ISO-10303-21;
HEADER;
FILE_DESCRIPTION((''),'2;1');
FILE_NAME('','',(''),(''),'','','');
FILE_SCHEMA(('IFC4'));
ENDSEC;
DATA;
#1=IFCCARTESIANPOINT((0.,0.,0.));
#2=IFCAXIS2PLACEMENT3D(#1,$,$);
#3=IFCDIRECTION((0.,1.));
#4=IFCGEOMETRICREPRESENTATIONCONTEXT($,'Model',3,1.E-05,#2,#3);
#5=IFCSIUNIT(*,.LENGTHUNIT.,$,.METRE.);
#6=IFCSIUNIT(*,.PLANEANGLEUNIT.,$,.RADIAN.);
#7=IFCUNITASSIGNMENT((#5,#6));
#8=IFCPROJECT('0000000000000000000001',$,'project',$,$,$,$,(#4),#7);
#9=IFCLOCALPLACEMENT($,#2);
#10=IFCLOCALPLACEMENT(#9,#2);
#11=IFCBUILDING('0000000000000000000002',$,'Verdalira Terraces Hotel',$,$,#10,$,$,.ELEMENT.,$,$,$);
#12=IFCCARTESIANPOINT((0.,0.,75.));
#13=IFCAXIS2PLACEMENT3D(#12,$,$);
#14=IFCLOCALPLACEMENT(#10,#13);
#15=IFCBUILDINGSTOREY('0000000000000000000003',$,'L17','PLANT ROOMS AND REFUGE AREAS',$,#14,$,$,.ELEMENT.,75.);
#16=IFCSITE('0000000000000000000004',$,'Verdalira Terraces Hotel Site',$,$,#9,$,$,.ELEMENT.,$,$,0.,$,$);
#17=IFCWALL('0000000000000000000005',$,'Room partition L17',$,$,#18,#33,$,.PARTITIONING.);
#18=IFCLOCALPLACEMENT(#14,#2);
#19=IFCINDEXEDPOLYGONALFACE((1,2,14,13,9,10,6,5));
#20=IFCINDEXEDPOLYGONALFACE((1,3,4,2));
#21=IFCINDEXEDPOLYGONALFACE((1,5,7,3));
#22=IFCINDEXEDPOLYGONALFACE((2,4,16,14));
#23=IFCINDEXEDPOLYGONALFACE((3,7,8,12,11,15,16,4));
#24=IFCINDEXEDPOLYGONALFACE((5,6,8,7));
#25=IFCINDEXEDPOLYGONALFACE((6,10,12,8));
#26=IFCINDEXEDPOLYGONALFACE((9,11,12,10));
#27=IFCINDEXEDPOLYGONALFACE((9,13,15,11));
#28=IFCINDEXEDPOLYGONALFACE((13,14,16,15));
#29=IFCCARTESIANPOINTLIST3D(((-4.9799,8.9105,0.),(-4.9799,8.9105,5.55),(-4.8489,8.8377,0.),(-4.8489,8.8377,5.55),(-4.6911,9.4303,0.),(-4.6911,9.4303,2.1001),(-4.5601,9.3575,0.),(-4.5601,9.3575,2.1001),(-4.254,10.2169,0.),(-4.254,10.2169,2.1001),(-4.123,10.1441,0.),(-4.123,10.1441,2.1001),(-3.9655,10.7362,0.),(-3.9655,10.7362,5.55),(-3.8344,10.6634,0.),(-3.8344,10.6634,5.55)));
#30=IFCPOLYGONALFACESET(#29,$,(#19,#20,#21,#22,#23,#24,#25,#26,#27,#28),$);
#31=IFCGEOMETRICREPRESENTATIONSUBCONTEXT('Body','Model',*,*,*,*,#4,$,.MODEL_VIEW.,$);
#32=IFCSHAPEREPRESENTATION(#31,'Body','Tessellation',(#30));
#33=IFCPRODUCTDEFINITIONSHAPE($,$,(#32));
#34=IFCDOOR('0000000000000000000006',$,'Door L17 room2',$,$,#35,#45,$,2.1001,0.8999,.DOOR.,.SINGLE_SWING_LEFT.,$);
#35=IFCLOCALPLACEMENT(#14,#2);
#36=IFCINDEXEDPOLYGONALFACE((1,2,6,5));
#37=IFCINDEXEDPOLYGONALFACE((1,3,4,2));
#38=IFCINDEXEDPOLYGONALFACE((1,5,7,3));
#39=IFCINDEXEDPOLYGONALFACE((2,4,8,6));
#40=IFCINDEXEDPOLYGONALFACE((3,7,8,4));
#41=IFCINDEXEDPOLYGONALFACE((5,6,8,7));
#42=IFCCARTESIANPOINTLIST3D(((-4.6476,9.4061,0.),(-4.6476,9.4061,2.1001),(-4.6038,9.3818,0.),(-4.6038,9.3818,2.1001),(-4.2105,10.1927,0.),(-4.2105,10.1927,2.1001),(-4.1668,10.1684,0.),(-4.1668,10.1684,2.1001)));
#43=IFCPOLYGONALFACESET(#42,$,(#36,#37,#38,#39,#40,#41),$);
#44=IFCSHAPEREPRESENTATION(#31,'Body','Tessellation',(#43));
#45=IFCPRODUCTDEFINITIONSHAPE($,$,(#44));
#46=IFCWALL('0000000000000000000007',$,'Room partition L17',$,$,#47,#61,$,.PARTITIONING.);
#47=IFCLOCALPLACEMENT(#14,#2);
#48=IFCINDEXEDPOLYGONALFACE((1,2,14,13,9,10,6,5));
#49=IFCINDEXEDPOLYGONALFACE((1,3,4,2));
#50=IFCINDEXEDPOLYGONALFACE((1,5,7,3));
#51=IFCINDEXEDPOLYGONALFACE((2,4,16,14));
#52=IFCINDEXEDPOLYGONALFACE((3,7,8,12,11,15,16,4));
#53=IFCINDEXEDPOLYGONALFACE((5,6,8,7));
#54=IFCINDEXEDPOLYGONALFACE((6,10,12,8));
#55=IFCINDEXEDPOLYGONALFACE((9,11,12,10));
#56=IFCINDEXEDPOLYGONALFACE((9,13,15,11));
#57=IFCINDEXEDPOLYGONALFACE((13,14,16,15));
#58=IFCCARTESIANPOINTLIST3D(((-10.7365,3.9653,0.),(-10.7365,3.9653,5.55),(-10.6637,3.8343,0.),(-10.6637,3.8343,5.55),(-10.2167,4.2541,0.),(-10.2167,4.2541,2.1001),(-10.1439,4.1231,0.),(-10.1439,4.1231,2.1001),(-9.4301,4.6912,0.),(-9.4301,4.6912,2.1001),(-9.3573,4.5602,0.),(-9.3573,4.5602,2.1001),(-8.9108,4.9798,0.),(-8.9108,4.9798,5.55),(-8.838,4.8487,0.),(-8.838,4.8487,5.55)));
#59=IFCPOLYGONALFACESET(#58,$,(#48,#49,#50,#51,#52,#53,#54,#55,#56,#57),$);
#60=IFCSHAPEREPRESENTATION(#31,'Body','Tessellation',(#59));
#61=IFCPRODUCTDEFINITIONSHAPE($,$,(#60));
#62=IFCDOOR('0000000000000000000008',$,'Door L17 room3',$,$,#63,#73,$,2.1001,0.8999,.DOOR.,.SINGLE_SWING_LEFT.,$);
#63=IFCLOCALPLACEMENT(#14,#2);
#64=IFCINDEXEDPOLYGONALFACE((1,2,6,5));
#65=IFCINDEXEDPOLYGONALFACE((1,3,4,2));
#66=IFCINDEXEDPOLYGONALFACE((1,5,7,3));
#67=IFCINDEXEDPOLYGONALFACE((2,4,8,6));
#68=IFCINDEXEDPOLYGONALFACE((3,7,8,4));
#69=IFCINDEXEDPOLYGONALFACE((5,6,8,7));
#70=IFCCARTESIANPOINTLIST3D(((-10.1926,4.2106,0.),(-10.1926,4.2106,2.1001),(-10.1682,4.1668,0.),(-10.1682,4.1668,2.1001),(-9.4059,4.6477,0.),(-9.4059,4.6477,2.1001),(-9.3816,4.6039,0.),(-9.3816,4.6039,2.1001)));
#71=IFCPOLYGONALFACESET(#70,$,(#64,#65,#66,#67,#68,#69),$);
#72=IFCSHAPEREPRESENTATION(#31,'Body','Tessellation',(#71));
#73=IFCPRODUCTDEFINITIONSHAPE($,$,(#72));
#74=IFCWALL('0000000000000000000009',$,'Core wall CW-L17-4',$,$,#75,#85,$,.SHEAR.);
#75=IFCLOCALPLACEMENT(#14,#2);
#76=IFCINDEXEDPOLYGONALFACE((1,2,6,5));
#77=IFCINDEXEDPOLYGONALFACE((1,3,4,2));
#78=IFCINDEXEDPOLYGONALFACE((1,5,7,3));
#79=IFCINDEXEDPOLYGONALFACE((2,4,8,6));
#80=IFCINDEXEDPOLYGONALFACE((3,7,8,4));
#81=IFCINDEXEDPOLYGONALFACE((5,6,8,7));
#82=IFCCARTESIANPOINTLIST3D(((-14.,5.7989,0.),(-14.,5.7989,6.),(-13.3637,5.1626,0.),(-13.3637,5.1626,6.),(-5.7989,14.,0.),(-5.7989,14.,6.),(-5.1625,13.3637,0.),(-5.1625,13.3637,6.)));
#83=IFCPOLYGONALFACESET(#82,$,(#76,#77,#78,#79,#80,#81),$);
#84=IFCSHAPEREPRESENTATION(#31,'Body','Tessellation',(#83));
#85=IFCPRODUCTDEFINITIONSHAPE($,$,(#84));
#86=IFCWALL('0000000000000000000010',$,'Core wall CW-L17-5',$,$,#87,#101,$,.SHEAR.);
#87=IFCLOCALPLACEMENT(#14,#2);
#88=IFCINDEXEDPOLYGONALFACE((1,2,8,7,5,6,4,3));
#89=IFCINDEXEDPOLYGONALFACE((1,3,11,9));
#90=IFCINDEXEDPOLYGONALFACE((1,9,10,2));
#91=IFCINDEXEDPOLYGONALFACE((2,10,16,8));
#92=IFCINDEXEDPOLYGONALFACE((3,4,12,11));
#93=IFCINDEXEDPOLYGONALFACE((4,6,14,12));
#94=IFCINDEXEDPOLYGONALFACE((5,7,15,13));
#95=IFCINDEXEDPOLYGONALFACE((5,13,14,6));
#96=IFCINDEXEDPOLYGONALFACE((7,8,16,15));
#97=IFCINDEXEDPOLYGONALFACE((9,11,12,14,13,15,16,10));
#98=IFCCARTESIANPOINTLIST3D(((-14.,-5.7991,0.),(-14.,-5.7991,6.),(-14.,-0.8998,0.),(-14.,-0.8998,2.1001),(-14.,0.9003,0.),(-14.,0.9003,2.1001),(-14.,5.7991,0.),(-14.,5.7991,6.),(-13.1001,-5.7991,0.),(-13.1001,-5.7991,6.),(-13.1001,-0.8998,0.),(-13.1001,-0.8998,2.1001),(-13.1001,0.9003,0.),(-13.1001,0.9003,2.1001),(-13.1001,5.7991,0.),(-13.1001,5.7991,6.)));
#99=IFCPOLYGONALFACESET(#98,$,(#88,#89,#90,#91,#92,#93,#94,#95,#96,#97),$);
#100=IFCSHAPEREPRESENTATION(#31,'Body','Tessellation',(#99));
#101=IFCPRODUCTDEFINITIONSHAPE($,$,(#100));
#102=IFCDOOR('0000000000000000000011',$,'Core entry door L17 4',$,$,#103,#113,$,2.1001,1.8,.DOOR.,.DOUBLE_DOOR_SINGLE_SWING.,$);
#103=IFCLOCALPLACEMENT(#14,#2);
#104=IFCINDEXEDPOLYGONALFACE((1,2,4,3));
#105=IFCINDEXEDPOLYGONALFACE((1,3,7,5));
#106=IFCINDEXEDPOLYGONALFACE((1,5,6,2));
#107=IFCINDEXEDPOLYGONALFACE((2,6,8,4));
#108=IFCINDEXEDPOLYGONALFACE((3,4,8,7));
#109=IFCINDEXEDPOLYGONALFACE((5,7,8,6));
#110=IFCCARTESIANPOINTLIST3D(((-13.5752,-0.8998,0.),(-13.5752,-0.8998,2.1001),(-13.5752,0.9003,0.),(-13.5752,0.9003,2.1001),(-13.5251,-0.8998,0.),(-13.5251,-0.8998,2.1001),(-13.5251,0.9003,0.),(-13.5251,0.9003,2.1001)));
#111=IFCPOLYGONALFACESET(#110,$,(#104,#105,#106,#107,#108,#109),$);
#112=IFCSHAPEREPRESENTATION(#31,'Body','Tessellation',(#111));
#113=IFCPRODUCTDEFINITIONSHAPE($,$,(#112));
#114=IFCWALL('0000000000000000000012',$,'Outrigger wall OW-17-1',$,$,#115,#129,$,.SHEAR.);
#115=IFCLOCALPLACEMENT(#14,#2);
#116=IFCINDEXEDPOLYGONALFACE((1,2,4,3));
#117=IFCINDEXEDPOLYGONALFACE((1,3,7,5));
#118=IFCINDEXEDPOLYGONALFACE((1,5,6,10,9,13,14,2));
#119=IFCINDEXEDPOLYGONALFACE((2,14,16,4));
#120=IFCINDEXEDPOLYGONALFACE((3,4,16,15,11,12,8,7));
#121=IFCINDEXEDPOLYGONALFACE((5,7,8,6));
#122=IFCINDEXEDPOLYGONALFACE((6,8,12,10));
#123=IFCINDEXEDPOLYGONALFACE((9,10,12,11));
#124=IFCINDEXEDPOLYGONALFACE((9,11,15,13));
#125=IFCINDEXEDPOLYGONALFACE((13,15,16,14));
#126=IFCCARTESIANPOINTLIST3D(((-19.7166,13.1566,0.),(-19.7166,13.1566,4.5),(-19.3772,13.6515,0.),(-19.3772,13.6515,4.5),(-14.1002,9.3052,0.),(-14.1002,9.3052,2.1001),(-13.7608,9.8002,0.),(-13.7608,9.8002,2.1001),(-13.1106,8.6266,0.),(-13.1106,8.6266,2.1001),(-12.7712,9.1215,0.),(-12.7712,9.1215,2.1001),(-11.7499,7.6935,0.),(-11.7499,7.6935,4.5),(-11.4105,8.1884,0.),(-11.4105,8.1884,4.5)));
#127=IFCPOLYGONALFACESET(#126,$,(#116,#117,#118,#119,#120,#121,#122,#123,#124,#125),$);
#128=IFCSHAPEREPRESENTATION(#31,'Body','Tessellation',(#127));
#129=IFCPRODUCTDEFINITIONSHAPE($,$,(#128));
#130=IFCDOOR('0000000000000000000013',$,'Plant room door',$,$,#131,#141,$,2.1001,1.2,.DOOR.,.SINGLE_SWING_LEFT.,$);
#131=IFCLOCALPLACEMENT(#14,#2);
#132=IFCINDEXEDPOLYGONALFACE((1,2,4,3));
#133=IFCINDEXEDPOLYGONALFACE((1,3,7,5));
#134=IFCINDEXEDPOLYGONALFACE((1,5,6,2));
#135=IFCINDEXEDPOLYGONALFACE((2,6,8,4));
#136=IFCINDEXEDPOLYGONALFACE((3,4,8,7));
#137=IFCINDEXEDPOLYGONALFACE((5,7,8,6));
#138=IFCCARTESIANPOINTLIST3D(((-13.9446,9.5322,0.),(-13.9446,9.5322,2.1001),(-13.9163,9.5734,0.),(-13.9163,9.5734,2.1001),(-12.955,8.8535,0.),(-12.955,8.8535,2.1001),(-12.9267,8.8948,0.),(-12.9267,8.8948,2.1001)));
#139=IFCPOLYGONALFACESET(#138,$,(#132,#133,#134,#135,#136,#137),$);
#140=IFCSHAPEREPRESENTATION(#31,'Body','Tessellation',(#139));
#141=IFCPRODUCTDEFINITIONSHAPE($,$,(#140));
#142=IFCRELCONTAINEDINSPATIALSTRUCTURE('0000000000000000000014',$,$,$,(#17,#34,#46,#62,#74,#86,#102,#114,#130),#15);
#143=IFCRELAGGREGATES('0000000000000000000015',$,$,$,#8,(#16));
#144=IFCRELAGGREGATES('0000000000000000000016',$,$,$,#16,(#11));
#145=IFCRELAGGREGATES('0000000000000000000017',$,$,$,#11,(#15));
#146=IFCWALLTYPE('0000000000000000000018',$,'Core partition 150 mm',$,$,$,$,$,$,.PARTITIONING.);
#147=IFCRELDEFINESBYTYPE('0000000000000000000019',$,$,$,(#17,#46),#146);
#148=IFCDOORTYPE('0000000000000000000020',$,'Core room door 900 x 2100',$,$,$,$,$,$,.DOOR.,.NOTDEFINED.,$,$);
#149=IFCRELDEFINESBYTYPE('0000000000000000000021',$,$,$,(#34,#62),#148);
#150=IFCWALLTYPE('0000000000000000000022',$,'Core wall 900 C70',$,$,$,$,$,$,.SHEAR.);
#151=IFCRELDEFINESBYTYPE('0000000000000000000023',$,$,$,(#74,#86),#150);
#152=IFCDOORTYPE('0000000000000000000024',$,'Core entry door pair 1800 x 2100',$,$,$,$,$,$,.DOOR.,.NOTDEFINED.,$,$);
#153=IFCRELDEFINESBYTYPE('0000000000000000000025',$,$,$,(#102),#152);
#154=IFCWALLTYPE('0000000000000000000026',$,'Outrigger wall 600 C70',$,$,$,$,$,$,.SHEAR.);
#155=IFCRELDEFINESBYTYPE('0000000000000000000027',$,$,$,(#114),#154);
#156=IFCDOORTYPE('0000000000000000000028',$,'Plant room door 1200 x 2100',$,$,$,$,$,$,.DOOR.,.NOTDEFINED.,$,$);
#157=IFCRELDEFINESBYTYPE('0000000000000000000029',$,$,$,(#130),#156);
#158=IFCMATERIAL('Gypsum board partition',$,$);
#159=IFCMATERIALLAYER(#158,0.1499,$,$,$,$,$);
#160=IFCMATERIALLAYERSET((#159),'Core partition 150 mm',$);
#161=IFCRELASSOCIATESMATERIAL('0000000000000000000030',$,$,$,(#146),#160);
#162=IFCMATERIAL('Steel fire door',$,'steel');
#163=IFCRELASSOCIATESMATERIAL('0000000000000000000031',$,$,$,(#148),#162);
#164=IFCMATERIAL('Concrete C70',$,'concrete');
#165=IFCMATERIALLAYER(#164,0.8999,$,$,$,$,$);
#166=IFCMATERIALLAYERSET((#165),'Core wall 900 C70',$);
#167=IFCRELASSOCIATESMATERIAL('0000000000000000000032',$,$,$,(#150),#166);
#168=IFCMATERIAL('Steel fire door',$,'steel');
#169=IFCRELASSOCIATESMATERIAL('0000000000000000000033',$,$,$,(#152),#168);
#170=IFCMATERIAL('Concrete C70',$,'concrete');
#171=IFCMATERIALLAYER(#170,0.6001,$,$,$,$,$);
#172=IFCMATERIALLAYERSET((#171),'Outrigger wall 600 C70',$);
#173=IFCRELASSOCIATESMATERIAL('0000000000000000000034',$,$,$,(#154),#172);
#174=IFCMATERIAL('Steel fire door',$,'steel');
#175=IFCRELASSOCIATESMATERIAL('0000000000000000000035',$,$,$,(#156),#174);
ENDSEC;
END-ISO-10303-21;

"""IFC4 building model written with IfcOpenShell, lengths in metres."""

from ifc_helpers import new_model, si_unit, direction, frame, frame_2d, origin, place, context, subcontext, project, spatial, rectangle, extrude, material, layer, layer_set, type_object, element, fill, save


model = new_model("IFC4")

# Units and contexts
model_context = context("Model", 3, precision=1e-05, world=origin(), true_north=direction((0.0, 1.0)))
body_context = subcontext(model_context, "Body", "Model", "MODEL_VIEW")
ifc_project = project(units=[si_unit("LENGTHUNIT", "METRE"), si_unit("PLANEANGLEUNIT", "RADIAN")], contexts=[model_context])

# Site, building, storey
site_placement = place(None, origin())
site = spatial("IfcSite", under=ifc_project, at=site_placement, Name="Verdalira Terraces Hotel Site", CompositionType="ELEMENT", RefElevation=0.0)
building_placement = place(site_placement, origin())
building = spatial("IfcBuilding", under=site, at=building_placement, Name="Verdalira Terraces Hotel", CompositionType="ELEMENT")
storey_placement = place(building_placement, frame((0.0, 0.0, 75.0)))
storey = spatial("IfcBuildingStorey", under=building, at=storey_placement, Name="L17", Description="PLANT ROOMS AND REFUGE AREAS", CompositionType="ELEMENT", Elevation=75.0)

# Walls, openings, doors
ifc_material_1 = material(Name="Gypsum board partition")
ifc_layer_1 = layer(ifc_material_1, 0.1499)
ifc_layer_set_1 = layer_set([ifc_layer_1], Name="Core partition 150 mm")
wall_type_1 = type_object("IfcWallType", Name="Core partition 150 mm", PredefinedType="PARTITIONING", material=ifc_layer_set_1)
wall_1_placement = place(storey_placement, frame((-3.8999, 10.7, 0.0), z_axis=(0.0, 0.0, 1.0), x_axis=(-0.485693, -0.87413, 0.0)))
wall_1 = element("IfcWall", 1, at=wall_1_placement, inside=storey, type_object=wall_type_1, Name="Room partition L17", PredefinedType="PARTITIONING", context=body_context, shape_type="SweptSolid", body=[
    extrude(rectangle(XDim=2.0886, YDim=0.1499, at=frame_2d((1.0444, 0.0))), origin(), (0.0, 0.0, 1.0), 5.55),
])
opening_1_placement = place(wall_1_placement, frame((0.5942, 0.0, 0.0)))
opening_1 = element("IfcOpeningElement", 2, at=opening_1_placement, cuts=wall_1, PredefinedType="OPENING", context=body_context, shape_type="SweptSolid", body=[
    extrude(rectangle(XDim=0.8999, YDim=2.1001, at=frame_2d((0.45, 1.05))), frame((0.0, 0.085, 0.0), z_axis=(0.0, -1.0, 0.0), x_axis=(1.0, 0.0, 0.0)), (0.0, 0.0, 1.0), 0.1699),
])
ifc_material_2 = material(Name="Steel fire door", Category="steel")
door_type_1 = type_object("IfcDoorType", Name="Core room door 900 x 2100", OperationType="NOTDEFINED", PredefinedType="DOOR", material=ifc_material_2)
door_1_placement = place(opening_1_placement, origin())
door_1 = element("IfcDoor", 3, at=door_1_placement, inside=storey, type_object=door_type_1, Name="Door L17 room2", OperationType="SINGLE_SWING_LEFT", OverallHeight=2.1001, OverallWidth=0.8999, PredefinedType="DOOR", context=body_context, shape_type="SweptSolid", body=[
    extrude(rectangle(XDim=0.8999, YDim=2.1001, at=frame_2d((0.45, 1.05))), frame((0.0, 0.0249, 0.0), z_axis=(0.0, -1.0, 0.0), x_axis=(1.0, 0.0, 0.0)), (0.0, 0.0, 1.0), 0.05),
])
fill(opening_1, door_1)
wall_2_placement = place(storey_placement, frame((-8.8743, 4.9143, 0.0), z_axis=(0.0, 0.0, 1.0), x_axis=(-0.87413, -0.485693, 0.0)))
wall_2 = element("IfcWall", 4, at=wall_2_placement, inside=storey, type_object=wall_type_1, Name="Room partition L17", PredefinedType="PARTITIONING", context=body_context, shape_type="SweptSolid", body=[
    extrude(rectangle(XDim=2.0886, YDim=0.1499, at=frame_2d((1.0444, 0.0))), origin(), (0.0, 0.0, 1.0), 5.55),
])
opening_2_placement = place(wall_2_placement, frame((0.5942, 0.0, 0.0)))
opening_2 = element("IfcOpeningElement", 5, at=opening_2_placement, cuts=wall_2, PredefinedType="OPENING", context=body_context, shape_type="SweptSolid", body=[
    extrude(rectangle(XDim=0.8999, YDim=2.1001, at=frame_2d((0.45, 1.05))), frame((0.0, 0.085, 0.0), z_axis=(0.0, -1.0, 0.0), x_axis=(1.0, 0.0, 0.0)), (0.0, 0.0, 1.0), 0.1699),
])
door_2_placement = place(opening_2_placement, origin())
door_2 = element("IfcDoor", 6, at=door_2_placement, inside=storey, type_object=door_type_1, Name="Door L17 room3", OperationType="SINGLE_SWING_LEFT", OverallHeight=2.1001, OverallWidth=0.8999, PredefinedType="DOOR", context=body_context, shape_type="SweptSolid", body=[
    extrude(rectangle(XDim=0.8999, YDim=2.1001, at=frame_2d((0.45, 1.05))), frame((0.0, 0.0249, 0.0), z_axis=(0.0, -1.0, 0.0), x_axis=(1.0, 0.0, 0.0)), (0.0, 0.0, 1.0), 0.05),
])
fill(opening_2, door_2)

# Wall
ifc_material_3 = material(Name="Concrete C70", Category="concrete")
ifc_layer_2 = layer(ifc_material_3, 0.8999)
ifc_layer_set_2 = layer_set([ifc_layer_2], Name="Core wall 900 C70")
wall_type_2 = type_object("IfcWallType", Name="Core wall 900 C70", PredefinedType="SHEAR", material=ifc_layer_set_2)
wall_3_placement = place(storey_placement, frame((-5.4807, 13.6819, 0.0), z_axis=(0.0, 0.0, 1.0), x_axis=(-0.707107, -0.707107, 0.0)))
element("IfcWall", 7, at=wall_3_placement, inside=storey, type_object=wall_type_2, Name="Core wall CW-L17-4", PredefinedType="SHEAR", context=body_context, shape_type="SweptSolid", body=[
    extrude(rectangle(XDim=11.5981, YDim=0.8999, at=frame_2d((5.7991, 0.0))), origin(), (0.0, 0.0, 1.0), 6.0),
])

# Walls, openings, doors
wall_4_placement = place(storey_placement, frame((-13.55, 5.7991, 0.0), z_axis=(0.0, 0.0, 1.0), x_axis=(0.0, -1.0, 0.0)))
wall_4 = element("IfcWall", 8, at=wall_4_placement, inside=storey, type_object=wall_type_2, Name="Core wall CW-L17-5", PredefinedType="SHEAR", context=body_context, shape_type="SweptSolid", body=[
    extrude(rectangle(XDim=11.5981, YDim=0.8999, at=frame_2d((5.7991, 0.0))), origin(), (0.0, 0.0, 1.0), 6.0),
])
opening_3_placement = place(wall_4_placement, frame((4.8989, 0.0, 0.0)))
opening_3 = element("IfcOpeningElement", 9, at=opening_3_placement, cuts=wall_4, PredefinedType="OPENING", context=body_context, shape_type="SweptSolid", body=[
    extrude(rectangle(XDim=1.8, YDim=2.1001, at=frame_2d((0.8999, 1.05))), frame((0.0, 0.46, 0.0), z_axis=(0.0, -1.0, 0.0), x_axis=(1.0, 0.0, 0.0)), (0.0, 0.0, 1.0), 0.9199),
])
ifc_material_4 = material(Name="Steel fire door", Category="steel")
door_type_2 = type_object("IfcDoorType", Name="Core entry door pair 1800 x 2100", OperationType="NOTDEFINED", PredefinedType="DOOR", material=ifc_material_4)
door_3_placement = place(opening_3_placement, origin())
door_3 = element("IfcDoor", 10, at=door_3_placement, inside=storey, type_object=door_type_2, Name="Core entry door L17 4", OperationType="DOUBLE_DOOR_SINGLE_SWING", OverallHeight=2.1001, OverallWidth=1.8, PredefinedType="DOOR", context=body_context, shape_type="SweptSolid", body=[
    extrude(rectangle(XDim=1.8, YDim=2.1001, at=frame_2d((0.8999, 1.05))), frame((0.0, 0.0249, 0.0), z_axis=(0.0, -1.0, 0.0), x_axis=(1.0, 0.0, 0.0)), (0.0, 0.0, 1.0), 0.05),
])
fill(opening_3, door_3)
ifc_material_5 = material(Name="Concrete C70", Category="concrete")
ifc_layer_3 = layer(ifc_material_5, 0.6001)
ifc_layer_set_3 = layer_set([ifc_layer_3], Name="Outrigger wall 600 C70")
wall_type_3 = type_object("IfcWallType", Name="Outrigger wall 600 C70", PredefinedType="SHEAR", material=ifc_layer_set_3)
wall_5_placement = place(storey_placement, frame((-11.5801, 7.9409, 0.0), z_axis=(0.0, 0.0, 1.0), x_axis=(-0.82472, 0.565542, 0.0)))
wall_5 = element("IfcWall", 11, at=wall_5_placement, inside=storey, type_object=wall_type_3, Name="Outrigger wall OW-17-1", PredefinedType="SHEAR", context=body_context, shape_type="SweptSolid", body=[
    extrude(rectangle(XDim=9.6599, YDim=0.6001, at=frame_2d((4.8301, 0.0))), origin(), (0.0, 0.0, 1.0), 4.5),
])
opening_4_placement = place(wall_5_placement, frame((1.6499, 0.0, 0.0)))
opening_4 = element("IfcOpeningElement", 12, at=opening_4_placement, cuts=wall_5, PredefinedType="OPENING", context=body_context, shape_type="SweptSolid", body=[
    extrude(rectangle(XDim=1.2, YDim=2.1001, at=frame_2d((0.6001, 1.05))), frame((0.0, 0.3101, 0.0), z_axis=(0.0, -1.0, 0.0), x_axis=(1.0, 0.0, 0.0)), (0.0, 0.0, 1.0), 0.6201),
])
ifc_material_6 = material(Name="Steel fire door", Category="steel")
door_type_3 = type_object("IfcDoorType", Name="Plant room door 1200 x 2100", OperationType="NOTDEFINED", PredefinedType="DOOR", material=ifc_material_6)
door_4_placement = place(opening_4_placement, origin())
door_4 = element("IfcDoor", 13, at=door_4_placement, inside=storey, type_object=door_type_3, Name="Plant room door", OperationType="SINGLE_SWING_LEFT", OverallHeight=2.1001, OverallWidth=1.2, PredefinedType="DOOR", context=body_context, shape_type="SweptSolid", body=[
    extrude(rectangle(XDim=1.2, YDim=2.1001, at=frame_2d((0.6001, 1.05))), frame((0.0, 0.0249, 0.0), z_axis=(0.0, -1.0, 0.0), x_axis=(1.0, 0.0, 0.0)), (0.0, 0.0, 1.0), 0.05),
])
fill(opening_4, door_4)

save(model, "model.ifc")
